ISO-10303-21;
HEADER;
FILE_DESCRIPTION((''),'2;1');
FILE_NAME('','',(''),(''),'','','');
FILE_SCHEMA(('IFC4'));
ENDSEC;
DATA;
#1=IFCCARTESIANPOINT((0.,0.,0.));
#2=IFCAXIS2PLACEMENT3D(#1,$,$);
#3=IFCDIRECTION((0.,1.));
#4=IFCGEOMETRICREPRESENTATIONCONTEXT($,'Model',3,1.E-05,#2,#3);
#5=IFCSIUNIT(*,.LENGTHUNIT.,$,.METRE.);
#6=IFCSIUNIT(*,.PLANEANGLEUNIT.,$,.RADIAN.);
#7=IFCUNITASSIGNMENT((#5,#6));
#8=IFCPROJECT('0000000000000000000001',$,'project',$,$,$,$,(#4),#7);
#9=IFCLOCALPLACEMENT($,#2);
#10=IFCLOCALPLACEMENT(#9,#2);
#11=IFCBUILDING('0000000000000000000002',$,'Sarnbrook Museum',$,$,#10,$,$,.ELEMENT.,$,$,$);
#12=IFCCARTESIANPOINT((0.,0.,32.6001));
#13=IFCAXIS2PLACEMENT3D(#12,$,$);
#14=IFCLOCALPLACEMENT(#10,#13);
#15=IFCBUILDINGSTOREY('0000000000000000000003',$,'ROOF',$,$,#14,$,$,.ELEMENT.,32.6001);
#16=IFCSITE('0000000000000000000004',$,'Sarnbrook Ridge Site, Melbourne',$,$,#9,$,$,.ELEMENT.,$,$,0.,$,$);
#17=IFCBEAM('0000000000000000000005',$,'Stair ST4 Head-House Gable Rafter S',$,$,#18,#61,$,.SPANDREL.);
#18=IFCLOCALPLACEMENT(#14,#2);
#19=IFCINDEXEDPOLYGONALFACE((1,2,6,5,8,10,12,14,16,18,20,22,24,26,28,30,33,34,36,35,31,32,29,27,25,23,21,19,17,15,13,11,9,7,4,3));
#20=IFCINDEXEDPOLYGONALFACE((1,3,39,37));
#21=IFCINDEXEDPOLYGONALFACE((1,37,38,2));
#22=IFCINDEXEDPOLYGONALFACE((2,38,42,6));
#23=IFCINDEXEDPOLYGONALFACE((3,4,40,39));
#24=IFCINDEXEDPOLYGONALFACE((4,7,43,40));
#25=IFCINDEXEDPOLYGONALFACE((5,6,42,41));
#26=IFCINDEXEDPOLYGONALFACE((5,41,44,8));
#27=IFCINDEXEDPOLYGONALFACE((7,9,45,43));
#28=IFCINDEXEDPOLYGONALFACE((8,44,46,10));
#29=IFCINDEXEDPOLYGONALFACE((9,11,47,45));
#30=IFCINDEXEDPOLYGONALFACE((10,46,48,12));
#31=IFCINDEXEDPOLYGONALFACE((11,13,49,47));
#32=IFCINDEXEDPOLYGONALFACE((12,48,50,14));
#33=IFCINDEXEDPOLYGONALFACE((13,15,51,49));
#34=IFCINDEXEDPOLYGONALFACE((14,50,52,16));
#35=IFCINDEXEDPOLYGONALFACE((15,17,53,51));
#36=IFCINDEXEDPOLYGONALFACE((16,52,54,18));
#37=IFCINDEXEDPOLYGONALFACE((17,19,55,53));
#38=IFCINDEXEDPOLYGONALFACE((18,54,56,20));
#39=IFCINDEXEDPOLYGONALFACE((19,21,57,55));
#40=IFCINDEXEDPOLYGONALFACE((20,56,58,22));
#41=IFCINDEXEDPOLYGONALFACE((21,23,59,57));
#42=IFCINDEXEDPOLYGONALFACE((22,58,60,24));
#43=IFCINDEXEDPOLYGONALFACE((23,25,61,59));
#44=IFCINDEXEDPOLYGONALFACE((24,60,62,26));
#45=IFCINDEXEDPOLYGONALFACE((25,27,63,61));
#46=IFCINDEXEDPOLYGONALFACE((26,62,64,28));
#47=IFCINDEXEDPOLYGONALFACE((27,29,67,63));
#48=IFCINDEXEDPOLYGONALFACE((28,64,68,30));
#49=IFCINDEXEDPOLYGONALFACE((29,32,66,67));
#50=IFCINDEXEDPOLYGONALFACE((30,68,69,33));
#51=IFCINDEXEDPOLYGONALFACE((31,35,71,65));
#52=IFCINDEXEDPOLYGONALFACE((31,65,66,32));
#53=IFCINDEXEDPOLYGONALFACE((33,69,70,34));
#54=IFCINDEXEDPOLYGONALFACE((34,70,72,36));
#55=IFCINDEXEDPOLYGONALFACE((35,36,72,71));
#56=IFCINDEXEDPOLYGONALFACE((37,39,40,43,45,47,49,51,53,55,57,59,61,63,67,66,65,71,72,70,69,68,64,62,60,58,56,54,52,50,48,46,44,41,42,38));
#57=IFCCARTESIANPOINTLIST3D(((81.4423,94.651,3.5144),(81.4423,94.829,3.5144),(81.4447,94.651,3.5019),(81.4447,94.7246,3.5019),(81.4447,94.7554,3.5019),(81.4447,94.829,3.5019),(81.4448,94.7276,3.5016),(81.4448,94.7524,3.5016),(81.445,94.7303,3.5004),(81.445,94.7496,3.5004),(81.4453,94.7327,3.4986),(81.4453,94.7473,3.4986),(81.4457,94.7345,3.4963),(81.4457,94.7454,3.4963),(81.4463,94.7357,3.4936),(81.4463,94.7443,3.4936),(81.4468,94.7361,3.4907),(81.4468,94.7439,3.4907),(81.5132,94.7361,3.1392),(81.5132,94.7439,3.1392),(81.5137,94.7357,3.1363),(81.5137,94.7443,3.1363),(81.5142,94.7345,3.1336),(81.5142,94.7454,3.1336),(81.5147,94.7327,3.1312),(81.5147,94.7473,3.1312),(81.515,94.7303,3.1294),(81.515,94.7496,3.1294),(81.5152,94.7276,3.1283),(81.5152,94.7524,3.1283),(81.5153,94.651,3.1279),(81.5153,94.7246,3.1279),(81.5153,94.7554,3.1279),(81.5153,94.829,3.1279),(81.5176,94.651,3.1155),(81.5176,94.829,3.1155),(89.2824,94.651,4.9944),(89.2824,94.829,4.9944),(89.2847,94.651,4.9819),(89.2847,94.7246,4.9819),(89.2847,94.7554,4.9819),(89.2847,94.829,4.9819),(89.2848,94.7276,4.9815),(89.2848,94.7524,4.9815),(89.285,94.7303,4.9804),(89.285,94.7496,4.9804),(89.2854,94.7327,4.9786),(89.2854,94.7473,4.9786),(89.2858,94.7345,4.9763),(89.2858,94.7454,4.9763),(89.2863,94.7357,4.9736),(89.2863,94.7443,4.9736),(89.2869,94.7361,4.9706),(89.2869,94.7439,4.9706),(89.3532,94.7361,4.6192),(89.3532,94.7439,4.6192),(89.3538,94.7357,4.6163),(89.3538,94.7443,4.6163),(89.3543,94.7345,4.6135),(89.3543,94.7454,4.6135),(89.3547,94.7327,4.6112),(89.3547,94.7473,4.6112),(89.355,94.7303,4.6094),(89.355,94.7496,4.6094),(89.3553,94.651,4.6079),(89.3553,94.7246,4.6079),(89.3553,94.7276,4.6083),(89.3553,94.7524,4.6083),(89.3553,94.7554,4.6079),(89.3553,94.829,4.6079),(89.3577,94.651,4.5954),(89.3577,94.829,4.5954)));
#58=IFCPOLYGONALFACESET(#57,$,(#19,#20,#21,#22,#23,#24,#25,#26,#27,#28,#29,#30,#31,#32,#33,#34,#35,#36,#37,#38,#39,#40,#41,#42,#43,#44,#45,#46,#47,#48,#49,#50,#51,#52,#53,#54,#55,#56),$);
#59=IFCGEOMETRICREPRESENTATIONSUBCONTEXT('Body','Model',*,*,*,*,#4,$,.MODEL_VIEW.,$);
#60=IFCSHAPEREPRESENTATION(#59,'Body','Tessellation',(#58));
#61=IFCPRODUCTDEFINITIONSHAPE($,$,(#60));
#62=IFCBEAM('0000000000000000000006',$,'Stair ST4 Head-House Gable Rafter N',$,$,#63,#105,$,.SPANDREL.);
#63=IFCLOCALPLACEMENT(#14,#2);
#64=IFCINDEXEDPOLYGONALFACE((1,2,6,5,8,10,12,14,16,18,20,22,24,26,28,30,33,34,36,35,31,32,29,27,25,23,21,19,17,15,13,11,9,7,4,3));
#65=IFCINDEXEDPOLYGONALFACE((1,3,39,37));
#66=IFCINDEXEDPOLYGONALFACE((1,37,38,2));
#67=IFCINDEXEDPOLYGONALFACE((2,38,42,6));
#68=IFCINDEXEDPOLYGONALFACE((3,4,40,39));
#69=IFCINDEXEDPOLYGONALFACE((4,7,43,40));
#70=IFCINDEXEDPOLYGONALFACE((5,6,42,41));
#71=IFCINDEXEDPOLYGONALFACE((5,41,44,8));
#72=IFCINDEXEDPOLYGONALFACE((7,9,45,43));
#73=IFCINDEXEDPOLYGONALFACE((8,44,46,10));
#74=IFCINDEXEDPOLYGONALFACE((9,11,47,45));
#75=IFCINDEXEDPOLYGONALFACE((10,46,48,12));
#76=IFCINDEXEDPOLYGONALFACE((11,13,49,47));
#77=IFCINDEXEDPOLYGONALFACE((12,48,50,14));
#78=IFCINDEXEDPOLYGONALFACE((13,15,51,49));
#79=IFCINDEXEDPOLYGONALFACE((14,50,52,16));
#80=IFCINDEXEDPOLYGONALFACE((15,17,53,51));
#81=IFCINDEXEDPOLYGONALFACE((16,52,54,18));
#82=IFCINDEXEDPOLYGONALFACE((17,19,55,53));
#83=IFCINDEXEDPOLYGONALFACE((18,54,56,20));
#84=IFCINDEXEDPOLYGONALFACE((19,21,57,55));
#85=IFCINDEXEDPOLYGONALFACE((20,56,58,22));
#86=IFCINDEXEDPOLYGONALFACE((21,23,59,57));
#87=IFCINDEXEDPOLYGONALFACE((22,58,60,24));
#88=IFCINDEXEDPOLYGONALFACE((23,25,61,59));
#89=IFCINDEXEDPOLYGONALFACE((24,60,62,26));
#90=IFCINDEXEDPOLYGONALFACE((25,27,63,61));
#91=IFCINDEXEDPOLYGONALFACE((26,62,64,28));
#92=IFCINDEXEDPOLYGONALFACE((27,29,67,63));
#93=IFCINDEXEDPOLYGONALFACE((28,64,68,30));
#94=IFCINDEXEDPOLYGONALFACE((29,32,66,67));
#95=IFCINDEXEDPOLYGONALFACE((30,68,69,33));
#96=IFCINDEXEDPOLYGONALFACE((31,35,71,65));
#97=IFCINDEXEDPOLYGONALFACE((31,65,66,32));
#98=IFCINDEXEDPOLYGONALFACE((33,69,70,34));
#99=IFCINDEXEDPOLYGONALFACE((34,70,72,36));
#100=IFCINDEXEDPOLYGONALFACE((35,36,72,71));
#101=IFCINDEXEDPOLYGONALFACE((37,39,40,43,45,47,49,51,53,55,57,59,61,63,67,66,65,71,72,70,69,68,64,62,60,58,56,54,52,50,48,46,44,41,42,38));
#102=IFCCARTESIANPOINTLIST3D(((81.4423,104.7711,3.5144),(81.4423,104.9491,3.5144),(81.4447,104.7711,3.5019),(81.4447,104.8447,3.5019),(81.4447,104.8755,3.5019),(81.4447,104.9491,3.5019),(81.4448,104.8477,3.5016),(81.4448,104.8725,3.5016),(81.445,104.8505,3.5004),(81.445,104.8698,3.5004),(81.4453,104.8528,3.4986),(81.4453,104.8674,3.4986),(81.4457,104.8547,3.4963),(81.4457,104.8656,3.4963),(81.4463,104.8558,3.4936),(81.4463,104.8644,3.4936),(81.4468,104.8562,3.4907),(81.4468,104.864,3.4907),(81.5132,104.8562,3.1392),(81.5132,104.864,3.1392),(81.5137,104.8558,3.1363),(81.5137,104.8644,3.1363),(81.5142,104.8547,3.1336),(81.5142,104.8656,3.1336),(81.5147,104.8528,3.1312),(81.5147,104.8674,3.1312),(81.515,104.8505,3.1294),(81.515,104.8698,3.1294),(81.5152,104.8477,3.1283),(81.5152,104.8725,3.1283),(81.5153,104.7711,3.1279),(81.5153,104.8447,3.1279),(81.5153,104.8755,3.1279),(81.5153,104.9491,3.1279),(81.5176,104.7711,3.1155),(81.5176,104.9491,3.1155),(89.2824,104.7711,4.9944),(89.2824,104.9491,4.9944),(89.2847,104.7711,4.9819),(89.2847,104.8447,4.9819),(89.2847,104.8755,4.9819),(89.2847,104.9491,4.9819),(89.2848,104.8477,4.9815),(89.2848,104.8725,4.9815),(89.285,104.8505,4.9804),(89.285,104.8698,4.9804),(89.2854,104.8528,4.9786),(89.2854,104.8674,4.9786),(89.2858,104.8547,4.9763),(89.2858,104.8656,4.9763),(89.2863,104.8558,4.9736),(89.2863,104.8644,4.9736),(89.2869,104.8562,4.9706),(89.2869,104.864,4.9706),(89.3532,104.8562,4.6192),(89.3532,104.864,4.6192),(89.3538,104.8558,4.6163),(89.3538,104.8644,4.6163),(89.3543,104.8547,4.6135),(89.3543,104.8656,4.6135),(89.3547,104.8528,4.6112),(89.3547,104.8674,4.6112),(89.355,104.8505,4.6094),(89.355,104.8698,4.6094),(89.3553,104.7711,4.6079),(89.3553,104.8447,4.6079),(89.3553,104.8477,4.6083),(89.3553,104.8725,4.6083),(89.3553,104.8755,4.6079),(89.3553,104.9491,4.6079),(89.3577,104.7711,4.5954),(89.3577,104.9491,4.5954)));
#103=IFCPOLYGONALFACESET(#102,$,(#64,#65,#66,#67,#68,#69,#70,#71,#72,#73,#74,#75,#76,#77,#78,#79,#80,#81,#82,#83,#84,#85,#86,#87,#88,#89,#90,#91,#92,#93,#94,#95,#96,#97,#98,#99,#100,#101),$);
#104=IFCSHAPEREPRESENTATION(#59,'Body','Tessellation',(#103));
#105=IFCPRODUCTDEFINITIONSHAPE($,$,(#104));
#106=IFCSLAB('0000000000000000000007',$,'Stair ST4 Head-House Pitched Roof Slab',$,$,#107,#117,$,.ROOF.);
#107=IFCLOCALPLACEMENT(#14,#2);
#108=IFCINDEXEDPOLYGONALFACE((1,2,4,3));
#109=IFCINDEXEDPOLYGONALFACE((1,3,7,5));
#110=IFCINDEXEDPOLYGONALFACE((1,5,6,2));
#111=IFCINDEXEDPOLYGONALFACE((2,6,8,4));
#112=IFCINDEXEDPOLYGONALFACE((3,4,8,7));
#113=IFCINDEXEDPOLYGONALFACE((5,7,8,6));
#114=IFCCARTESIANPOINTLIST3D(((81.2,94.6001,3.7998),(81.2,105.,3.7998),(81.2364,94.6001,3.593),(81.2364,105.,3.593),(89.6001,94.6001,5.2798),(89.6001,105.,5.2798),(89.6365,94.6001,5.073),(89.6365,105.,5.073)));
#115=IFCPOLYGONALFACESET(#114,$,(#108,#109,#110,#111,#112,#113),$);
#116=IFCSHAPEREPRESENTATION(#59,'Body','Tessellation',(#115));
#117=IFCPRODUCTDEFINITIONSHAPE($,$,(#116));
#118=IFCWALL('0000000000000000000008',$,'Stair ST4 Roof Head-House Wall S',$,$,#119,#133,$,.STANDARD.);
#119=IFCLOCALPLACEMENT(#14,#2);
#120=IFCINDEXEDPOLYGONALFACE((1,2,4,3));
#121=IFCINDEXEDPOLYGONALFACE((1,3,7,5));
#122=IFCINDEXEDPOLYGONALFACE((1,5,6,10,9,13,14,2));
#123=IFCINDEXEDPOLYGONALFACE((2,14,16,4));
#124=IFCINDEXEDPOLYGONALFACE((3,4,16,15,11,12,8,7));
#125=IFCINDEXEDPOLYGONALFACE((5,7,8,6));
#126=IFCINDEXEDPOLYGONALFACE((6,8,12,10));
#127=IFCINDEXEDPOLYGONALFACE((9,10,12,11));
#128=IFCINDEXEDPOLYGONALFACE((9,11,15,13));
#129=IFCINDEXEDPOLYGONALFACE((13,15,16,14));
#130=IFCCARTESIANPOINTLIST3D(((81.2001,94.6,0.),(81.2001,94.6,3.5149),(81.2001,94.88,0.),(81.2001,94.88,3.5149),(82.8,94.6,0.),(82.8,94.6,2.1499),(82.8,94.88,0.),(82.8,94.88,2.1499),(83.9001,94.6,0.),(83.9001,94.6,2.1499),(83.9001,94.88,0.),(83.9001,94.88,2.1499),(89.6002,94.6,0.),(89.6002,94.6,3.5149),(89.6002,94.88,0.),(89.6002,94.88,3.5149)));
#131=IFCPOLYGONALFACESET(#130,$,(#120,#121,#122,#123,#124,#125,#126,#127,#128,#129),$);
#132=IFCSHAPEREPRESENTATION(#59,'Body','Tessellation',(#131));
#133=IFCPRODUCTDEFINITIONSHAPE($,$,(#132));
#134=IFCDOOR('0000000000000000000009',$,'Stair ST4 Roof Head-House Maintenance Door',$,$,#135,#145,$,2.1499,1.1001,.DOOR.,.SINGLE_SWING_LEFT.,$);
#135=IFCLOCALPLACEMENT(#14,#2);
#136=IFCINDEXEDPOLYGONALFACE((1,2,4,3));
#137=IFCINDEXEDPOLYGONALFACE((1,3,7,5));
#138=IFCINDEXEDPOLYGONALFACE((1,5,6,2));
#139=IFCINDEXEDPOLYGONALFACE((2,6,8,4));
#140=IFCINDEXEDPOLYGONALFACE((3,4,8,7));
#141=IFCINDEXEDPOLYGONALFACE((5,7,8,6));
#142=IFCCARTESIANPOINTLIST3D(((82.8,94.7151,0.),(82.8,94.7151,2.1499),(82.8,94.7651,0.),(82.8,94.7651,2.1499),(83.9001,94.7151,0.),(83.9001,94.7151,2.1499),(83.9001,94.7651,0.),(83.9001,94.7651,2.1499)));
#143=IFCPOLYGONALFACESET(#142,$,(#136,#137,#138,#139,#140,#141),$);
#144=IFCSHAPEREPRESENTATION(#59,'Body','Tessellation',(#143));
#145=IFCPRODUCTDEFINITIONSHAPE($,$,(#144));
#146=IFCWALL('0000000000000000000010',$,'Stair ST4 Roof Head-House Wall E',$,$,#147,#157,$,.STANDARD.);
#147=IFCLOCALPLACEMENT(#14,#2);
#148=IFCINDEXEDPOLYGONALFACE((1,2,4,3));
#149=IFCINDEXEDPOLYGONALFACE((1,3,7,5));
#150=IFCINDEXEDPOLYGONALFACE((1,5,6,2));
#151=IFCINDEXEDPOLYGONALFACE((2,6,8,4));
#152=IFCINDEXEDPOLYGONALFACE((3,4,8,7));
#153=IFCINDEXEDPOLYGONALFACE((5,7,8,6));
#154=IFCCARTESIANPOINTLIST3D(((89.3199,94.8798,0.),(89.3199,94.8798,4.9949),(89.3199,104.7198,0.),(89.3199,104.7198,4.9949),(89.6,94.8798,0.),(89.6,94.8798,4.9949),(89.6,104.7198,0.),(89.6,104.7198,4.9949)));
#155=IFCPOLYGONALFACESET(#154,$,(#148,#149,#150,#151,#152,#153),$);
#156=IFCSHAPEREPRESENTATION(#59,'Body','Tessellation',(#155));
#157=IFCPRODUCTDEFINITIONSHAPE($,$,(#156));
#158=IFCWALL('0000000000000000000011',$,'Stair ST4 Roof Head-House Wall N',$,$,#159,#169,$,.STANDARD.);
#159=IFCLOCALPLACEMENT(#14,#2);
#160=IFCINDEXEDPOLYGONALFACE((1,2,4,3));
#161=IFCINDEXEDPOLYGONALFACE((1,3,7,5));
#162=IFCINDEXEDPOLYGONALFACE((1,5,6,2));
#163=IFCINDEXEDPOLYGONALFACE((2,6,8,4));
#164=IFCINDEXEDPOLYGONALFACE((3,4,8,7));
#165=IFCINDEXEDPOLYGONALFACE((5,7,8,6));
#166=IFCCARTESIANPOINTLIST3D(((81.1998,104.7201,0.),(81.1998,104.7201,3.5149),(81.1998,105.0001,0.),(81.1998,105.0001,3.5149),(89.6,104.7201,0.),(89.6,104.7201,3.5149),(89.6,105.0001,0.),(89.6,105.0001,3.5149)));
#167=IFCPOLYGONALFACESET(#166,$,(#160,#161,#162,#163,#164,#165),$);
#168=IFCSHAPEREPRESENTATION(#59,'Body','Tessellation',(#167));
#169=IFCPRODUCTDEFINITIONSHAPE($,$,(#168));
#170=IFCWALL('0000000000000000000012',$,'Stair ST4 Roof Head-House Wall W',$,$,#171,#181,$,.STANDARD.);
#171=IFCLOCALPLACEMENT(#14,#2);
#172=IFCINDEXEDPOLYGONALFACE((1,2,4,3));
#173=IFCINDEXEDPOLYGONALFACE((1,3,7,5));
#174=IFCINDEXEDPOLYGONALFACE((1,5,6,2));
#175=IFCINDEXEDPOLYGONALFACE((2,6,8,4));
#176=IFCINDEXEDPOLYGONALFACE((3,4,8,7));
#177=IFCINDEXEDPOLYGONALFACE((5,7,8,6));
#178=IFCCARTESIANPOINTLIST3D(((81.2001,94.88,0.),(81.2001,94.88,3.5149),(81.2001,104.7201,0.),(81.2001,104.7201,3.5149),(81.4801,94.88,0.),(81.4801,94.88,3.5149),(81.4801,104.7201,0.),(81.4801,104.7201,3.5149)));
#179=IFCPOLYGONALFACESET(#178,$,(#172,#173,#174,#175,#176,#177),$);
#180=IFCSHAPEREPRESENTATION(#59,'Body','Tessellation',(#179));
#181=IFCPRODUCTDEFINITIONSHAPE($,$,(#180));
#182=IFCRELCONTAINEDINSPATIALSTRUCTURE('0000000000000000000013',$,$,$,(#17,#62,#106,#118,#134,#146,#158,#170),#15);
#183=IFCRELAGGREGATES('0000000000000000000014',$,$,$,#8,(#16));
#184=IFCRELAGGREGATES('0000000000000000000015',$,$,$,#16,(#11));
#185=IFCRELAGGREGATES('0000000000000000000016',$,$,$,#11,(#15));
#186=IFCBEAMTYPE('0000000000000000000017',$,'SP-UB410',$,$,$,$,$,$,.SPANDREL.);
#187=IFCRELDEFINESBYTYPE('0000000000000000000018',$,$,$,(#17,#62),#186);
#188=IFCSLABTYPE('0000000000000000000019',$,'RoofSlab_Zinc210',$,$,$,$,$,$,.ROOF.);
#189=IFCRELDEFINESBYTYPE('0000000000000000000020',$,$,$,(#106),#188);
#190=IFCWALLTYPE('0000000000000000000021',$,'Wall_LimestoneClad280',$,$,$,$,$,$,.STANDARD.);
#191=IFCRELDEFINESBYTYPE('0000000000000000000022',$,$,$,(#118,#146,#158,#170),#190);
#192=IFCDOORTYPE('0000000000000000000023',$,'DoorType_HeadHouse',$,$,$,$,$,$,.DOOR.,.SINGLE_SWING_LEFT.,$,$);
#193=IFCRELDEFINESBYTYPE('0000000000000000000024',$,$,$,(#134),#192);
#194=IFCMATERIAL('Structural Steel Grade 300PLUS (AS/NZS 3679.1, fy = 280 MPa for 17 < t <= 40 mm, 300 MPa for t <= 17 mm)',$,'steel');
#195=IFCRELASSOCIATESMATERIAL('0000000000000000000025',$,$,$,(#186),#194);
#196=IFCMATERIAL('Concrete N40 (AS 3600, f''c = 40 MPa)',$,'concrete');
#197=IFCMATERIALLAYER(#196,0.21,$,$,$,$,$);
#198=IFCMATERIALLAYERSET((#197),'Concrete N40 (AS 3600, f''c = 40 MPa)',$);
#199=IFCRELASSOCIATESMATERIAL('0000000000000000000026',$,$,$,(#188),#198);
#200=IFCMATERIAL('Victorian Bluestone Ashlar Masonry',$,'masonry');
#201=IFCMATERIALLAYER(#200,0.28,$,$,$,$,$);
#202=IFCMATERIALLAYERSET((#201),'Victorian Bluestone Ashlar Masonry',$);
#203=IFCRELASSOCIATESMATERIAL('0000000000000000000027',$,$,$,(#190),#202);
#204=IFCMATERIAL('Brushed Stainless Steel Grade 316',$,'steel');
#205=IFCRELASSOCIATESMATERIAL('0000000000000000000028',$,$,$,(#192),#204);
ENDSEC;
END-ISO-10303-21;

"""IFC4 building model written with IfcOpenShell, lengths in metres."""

from ifc_helpers import new_model, si_unit, direction, frame, frame_2d, origin, origin_2d, place, context, subcontext, project, spatial, polyline, rectangle, i_section, outline, extrude, material, layer, layer_set, material_profile, profile_set, type_object, element, fill, save


model = new_model("IFC4")

# Units and contexts
model_context = context("Model", 3, precision=1e-05, world=origin(), true_north=direction((0.0, 1.0)))
body_context = subcontext(model_context, "Body", "Model", "MODEL_VIEW")
ifc_project = project(units=[si_unit("LENGTHUNIT", "METRE"), si_unit("PLANEANGLEUNIT", "RADIAN")], contexts=[model_context])

# Site, building, storey
site_placement = place(None, origin())
site = spatial("IfcSite", under=ifc_project, at=site_placement, Name="Sarnbrook Ridge Site, Melbourne", CompositionType="ELEMENT", RefElevation=0.0)
building_placement = place(site_placement, origin())
building = spatial("IfcBuilding", under=site, at=building_placement, Name="Sarnbrook Museum", CompositionType="ELEMENT")
storey_placement = place(building_placement, frame((0.0, 0.0, 32.6001)))
storey = spatial("IfcBuildingStorey", under=building, at=storey_placement, Name="ROOF", CompositionType="ELEMENT", Elevation=32.6001)

# Beams
ifc_material_1 = material(Name="Structural Steel Grade 300PLUS (AS/NZS 3679.1, fy = 280 MPa for 17 < t <= 40 mm, 300 MPa for t <= 17 mm)", Category="steel")
ifc_material_profile = material_profile(ifc_material_1, i_section(OverallWidth=0.178, OverallDepth=0.406, WebThickness=0.0078, FlangeThickness=0.0127, FilletRadius=0.0115, at=origin_2d()), Name="410UB59.7")
ifc_profile_set = profile_set([ifc_material_profile], Name="Structural Steel Grade 300PLUS (AS/NZS 3679.1, fy = 280 MPa for 17 < t <= 40 mm, 300 MPa for t <= 17 mm)")
beam_type = type_object("IfcBeamType", Name="SP-UB410", PredefinedType="SPANDREL", material=ifc_profile_set)
for number, where, z_axis, x_axis, name in (
    (1, (81.48, 94.74, 3.3149), (0.982645, 0.0, 0.185495), (0.0, 1.0, 0.0), "Stair ST4 Head-House Gable Rafter S"),
    (2, (81.48, 104.8601, 3.3149), (0.982645, 0.0, 0.185495), (0.0, 1.0, 0.0), "Stair ST4 Head-House Gable Rafter N"),
):
    element("IfcBeam", number, at=place(storey_placement, frame(where, z_axis=z_axis, x_axis=x_axis)), inside=storey, type_object=beam_type, Name=name, PredefinedType="SPANDREL", context=body_context, shape_type="SweptSolid", body=[
        extrude(i_section(OverallWidth=0.178, OverallDepth=0.406, WebThickness=0.0078, FlangeThickness=0.0127, FilletRadius=0.0115, at=origin_2d()), origin(), (0.0, 0.0, 1.0), 7.9785),
    ])

# Slab
ifc_material_2 = material(Name="Concrete N40 (AS 3600, f'c = 40 MPa)", Category="concrete")
ifc_layer_1 = layer(ifc_material_2, 0.21)
ifc_layer_set_1 = layer_set([ifc_layer_1], Name="Concrete N40 (AS 3600, f'c = 40 MPa)")
slab_type = type_object("IfcSlabType", Name="RoofSlab_Zinc210", PredefinedType="ROOF", material=ifc_layer_set_1)
slab_placement = place(storey_placement, frame((81.2, 94.6001, 3.7998), z_axis=(-0.173513, 0.0, 0.984832), x_axis=(0.984832, 0.0, 0.173513)))
element("IfcSlab", 3, at=slab_placement, inside=storey, type_object=slab_type, Name="Stair ST4 Head-House Pitched Roof Slab", PredefinedType="ROOF", context=body_context, shape_type="SweptSolid", body=[
    extrude(outline(polyline([(0.0, 0.0), (8.5295, 0.0), (8.5295, 10.3999), (0.0, 10.3999), (0.0, 0.0)])), origin(), (0.0, 0.0, -1.0), 0.21),
])

# Wall, opening, door
ifc_material_3 = material(Name="Victorian Bluestone Ashlar Masonry", Category="masonry")
ifc_layer_2 = layer(ifc_material_3, 0.28)
ifc_layer_set_2 = layer_set([ifc_layer_2], Name="Victorian Bluestone Ashlar Masonry")
wall_type = type_object("IfcWallType", Name="Wall_LimestoneClad280", PredefinedType="STANDARD", material=ifc_layer_set_2)
wall_1_placement = place(storey_placement, frame((81.2, 94.74, 0.0), z_axis=(0.0, 0.0, 1.0), x_axis=(1.0, 0.0, 0.0)))
wall_1 = element("IfcWall", 4, at=wall_1_placement, inside=storey, type_object=wall_type, Name="Stair ST4 Roof Head-House Wall S", PredefinedType="STANDARD", context=body_context, shape_type="SweptSolid", body=[
    extrude(rectangle(XDim=8.4001, YDim=0.28, at=frame_2d((4.2002, 0.0))), origin(), (0.0, 0.0, 1.0), 3.5149),
])
opening_placement = place(wall_1_placement, frame((1.6001, 0.0, 0.0)))
opening = element("IfcOpeningElement", 5, at=opening_placement, cuts=wall_1, PredefinedType="OPENING", context=body_context, shape_type="SweptSolid", body=[
    extrude(rectangle(XDim=1.1001, YDim=2.1499, at=frame_2d((0.55, 1.075))), frame((0.0, 0.1499, 0.0), z_axis=(0.0, -1.0, 0.0), x_axis=(1.0, 0.0, 0.0)), (0.0, 0.0, 1.0), 0.3),
])
ifc_material_4 = material(Name="Brushed Stainless Steel Grade 316", Category="steel")
door_type = type_object("IfcDoorType", Name="DoorType_HeadHouse", OperationType="SINGLE_SWING_LEFT", PredefinedType="DOOR", material=ifc_material_4)
door_placement = place(opening_placement, frame((1.1001, 0.0, 0.0), z_axis=(0.0, 0.0, 1.0), x_axis=(-1.0, 0.0, 0.0)))
door = element("IfcDoor", 6, at=door_placement, inside=storey, type_object=door_type, Name="Stair ST4 Roof Head-House Maintenance Door", OperationType="SINGLE_SWING_LEFT", OverallHeight=2.1499, OverallWidth=1.1001, PredefinedType="DOOR", context=body_context, shape_type="SweptSolid", body=[
    extrude(rectangle(XDim=1.1001, YDim=2.1499, at=frame_2d((0.55, 1.075))), frame((0.0, 0.0249, 0.0), z_axis=(0.0, -1.0, 0.0), x_axis=(1.0, 0.0, 0.0)), (0.0, 0.0, 1.0), 0.05),
])
fill(opening, door)

# Walls
wall_2_placement = place(storey_placement, frame((89.46, 94.8799, 0.0), z_axis=(0.0, 0.0, 1.0), x_axis=(0.0, 1.0, 0.0)))
element("IfcWall", 7, at=wall_2_placement, inside=storey, type_object=wall_type, Name="Stair ST4 Roof Head-House Wall E", PredefinedType="STANDARD", context=body_context, shape_type="SweptSolid", body=[
    extrude(rectangle(XDim=9.8401, YDim=0.28, at=frame_2d((4.9199, 0.0))), origin(), (0.0, 0.0, 1.0), 4.9949),
])
wall_3_placement = place(storey_placement, frame((89.6001, 104.8601, 0.0), z_axis=(0.0, 0.0, 1.0), x_axis=(-1.0, 0.0, 0.0)))
element("IfcWall", 8, at=wall_3_placement, inside=storey, type_object=wall_type, Name="Stair ST4 Roof Head-House Wall N", PredefinedType="STANDARD", context=body_context, shape_type="SweptSolid", body=[
    extrude(rectangle(XDim=8.4001, YDim=0.28, at=frame_2d((4.2002, 0.0))), origin(), (0.0, 0.0, 1.0), 3.5149),
])
wall_4_placement = place(storey_placement, frame((81.3401, 104.72, 0.0), z_axis=(0.0, 0.0, 1.0), x_axis=(0.0, -1.0, 0.0)))
element("IfcWall", 9, at=wall_4_placement, inside=storey, type_object=wall_type, Name="Stair ST4 Roof Head-House Wall W", PredefinedType="STANDARD", context=body_context, shape_type="SweptSolid", body=[
    extrude(rectangle(XDim=9.8401, YDim=0.28, at=frame_2d((4.9199, 0.0))), origin(), (0.0, 0.0, 1.0), 3.5149),
])

save(model, "model.ifc")
